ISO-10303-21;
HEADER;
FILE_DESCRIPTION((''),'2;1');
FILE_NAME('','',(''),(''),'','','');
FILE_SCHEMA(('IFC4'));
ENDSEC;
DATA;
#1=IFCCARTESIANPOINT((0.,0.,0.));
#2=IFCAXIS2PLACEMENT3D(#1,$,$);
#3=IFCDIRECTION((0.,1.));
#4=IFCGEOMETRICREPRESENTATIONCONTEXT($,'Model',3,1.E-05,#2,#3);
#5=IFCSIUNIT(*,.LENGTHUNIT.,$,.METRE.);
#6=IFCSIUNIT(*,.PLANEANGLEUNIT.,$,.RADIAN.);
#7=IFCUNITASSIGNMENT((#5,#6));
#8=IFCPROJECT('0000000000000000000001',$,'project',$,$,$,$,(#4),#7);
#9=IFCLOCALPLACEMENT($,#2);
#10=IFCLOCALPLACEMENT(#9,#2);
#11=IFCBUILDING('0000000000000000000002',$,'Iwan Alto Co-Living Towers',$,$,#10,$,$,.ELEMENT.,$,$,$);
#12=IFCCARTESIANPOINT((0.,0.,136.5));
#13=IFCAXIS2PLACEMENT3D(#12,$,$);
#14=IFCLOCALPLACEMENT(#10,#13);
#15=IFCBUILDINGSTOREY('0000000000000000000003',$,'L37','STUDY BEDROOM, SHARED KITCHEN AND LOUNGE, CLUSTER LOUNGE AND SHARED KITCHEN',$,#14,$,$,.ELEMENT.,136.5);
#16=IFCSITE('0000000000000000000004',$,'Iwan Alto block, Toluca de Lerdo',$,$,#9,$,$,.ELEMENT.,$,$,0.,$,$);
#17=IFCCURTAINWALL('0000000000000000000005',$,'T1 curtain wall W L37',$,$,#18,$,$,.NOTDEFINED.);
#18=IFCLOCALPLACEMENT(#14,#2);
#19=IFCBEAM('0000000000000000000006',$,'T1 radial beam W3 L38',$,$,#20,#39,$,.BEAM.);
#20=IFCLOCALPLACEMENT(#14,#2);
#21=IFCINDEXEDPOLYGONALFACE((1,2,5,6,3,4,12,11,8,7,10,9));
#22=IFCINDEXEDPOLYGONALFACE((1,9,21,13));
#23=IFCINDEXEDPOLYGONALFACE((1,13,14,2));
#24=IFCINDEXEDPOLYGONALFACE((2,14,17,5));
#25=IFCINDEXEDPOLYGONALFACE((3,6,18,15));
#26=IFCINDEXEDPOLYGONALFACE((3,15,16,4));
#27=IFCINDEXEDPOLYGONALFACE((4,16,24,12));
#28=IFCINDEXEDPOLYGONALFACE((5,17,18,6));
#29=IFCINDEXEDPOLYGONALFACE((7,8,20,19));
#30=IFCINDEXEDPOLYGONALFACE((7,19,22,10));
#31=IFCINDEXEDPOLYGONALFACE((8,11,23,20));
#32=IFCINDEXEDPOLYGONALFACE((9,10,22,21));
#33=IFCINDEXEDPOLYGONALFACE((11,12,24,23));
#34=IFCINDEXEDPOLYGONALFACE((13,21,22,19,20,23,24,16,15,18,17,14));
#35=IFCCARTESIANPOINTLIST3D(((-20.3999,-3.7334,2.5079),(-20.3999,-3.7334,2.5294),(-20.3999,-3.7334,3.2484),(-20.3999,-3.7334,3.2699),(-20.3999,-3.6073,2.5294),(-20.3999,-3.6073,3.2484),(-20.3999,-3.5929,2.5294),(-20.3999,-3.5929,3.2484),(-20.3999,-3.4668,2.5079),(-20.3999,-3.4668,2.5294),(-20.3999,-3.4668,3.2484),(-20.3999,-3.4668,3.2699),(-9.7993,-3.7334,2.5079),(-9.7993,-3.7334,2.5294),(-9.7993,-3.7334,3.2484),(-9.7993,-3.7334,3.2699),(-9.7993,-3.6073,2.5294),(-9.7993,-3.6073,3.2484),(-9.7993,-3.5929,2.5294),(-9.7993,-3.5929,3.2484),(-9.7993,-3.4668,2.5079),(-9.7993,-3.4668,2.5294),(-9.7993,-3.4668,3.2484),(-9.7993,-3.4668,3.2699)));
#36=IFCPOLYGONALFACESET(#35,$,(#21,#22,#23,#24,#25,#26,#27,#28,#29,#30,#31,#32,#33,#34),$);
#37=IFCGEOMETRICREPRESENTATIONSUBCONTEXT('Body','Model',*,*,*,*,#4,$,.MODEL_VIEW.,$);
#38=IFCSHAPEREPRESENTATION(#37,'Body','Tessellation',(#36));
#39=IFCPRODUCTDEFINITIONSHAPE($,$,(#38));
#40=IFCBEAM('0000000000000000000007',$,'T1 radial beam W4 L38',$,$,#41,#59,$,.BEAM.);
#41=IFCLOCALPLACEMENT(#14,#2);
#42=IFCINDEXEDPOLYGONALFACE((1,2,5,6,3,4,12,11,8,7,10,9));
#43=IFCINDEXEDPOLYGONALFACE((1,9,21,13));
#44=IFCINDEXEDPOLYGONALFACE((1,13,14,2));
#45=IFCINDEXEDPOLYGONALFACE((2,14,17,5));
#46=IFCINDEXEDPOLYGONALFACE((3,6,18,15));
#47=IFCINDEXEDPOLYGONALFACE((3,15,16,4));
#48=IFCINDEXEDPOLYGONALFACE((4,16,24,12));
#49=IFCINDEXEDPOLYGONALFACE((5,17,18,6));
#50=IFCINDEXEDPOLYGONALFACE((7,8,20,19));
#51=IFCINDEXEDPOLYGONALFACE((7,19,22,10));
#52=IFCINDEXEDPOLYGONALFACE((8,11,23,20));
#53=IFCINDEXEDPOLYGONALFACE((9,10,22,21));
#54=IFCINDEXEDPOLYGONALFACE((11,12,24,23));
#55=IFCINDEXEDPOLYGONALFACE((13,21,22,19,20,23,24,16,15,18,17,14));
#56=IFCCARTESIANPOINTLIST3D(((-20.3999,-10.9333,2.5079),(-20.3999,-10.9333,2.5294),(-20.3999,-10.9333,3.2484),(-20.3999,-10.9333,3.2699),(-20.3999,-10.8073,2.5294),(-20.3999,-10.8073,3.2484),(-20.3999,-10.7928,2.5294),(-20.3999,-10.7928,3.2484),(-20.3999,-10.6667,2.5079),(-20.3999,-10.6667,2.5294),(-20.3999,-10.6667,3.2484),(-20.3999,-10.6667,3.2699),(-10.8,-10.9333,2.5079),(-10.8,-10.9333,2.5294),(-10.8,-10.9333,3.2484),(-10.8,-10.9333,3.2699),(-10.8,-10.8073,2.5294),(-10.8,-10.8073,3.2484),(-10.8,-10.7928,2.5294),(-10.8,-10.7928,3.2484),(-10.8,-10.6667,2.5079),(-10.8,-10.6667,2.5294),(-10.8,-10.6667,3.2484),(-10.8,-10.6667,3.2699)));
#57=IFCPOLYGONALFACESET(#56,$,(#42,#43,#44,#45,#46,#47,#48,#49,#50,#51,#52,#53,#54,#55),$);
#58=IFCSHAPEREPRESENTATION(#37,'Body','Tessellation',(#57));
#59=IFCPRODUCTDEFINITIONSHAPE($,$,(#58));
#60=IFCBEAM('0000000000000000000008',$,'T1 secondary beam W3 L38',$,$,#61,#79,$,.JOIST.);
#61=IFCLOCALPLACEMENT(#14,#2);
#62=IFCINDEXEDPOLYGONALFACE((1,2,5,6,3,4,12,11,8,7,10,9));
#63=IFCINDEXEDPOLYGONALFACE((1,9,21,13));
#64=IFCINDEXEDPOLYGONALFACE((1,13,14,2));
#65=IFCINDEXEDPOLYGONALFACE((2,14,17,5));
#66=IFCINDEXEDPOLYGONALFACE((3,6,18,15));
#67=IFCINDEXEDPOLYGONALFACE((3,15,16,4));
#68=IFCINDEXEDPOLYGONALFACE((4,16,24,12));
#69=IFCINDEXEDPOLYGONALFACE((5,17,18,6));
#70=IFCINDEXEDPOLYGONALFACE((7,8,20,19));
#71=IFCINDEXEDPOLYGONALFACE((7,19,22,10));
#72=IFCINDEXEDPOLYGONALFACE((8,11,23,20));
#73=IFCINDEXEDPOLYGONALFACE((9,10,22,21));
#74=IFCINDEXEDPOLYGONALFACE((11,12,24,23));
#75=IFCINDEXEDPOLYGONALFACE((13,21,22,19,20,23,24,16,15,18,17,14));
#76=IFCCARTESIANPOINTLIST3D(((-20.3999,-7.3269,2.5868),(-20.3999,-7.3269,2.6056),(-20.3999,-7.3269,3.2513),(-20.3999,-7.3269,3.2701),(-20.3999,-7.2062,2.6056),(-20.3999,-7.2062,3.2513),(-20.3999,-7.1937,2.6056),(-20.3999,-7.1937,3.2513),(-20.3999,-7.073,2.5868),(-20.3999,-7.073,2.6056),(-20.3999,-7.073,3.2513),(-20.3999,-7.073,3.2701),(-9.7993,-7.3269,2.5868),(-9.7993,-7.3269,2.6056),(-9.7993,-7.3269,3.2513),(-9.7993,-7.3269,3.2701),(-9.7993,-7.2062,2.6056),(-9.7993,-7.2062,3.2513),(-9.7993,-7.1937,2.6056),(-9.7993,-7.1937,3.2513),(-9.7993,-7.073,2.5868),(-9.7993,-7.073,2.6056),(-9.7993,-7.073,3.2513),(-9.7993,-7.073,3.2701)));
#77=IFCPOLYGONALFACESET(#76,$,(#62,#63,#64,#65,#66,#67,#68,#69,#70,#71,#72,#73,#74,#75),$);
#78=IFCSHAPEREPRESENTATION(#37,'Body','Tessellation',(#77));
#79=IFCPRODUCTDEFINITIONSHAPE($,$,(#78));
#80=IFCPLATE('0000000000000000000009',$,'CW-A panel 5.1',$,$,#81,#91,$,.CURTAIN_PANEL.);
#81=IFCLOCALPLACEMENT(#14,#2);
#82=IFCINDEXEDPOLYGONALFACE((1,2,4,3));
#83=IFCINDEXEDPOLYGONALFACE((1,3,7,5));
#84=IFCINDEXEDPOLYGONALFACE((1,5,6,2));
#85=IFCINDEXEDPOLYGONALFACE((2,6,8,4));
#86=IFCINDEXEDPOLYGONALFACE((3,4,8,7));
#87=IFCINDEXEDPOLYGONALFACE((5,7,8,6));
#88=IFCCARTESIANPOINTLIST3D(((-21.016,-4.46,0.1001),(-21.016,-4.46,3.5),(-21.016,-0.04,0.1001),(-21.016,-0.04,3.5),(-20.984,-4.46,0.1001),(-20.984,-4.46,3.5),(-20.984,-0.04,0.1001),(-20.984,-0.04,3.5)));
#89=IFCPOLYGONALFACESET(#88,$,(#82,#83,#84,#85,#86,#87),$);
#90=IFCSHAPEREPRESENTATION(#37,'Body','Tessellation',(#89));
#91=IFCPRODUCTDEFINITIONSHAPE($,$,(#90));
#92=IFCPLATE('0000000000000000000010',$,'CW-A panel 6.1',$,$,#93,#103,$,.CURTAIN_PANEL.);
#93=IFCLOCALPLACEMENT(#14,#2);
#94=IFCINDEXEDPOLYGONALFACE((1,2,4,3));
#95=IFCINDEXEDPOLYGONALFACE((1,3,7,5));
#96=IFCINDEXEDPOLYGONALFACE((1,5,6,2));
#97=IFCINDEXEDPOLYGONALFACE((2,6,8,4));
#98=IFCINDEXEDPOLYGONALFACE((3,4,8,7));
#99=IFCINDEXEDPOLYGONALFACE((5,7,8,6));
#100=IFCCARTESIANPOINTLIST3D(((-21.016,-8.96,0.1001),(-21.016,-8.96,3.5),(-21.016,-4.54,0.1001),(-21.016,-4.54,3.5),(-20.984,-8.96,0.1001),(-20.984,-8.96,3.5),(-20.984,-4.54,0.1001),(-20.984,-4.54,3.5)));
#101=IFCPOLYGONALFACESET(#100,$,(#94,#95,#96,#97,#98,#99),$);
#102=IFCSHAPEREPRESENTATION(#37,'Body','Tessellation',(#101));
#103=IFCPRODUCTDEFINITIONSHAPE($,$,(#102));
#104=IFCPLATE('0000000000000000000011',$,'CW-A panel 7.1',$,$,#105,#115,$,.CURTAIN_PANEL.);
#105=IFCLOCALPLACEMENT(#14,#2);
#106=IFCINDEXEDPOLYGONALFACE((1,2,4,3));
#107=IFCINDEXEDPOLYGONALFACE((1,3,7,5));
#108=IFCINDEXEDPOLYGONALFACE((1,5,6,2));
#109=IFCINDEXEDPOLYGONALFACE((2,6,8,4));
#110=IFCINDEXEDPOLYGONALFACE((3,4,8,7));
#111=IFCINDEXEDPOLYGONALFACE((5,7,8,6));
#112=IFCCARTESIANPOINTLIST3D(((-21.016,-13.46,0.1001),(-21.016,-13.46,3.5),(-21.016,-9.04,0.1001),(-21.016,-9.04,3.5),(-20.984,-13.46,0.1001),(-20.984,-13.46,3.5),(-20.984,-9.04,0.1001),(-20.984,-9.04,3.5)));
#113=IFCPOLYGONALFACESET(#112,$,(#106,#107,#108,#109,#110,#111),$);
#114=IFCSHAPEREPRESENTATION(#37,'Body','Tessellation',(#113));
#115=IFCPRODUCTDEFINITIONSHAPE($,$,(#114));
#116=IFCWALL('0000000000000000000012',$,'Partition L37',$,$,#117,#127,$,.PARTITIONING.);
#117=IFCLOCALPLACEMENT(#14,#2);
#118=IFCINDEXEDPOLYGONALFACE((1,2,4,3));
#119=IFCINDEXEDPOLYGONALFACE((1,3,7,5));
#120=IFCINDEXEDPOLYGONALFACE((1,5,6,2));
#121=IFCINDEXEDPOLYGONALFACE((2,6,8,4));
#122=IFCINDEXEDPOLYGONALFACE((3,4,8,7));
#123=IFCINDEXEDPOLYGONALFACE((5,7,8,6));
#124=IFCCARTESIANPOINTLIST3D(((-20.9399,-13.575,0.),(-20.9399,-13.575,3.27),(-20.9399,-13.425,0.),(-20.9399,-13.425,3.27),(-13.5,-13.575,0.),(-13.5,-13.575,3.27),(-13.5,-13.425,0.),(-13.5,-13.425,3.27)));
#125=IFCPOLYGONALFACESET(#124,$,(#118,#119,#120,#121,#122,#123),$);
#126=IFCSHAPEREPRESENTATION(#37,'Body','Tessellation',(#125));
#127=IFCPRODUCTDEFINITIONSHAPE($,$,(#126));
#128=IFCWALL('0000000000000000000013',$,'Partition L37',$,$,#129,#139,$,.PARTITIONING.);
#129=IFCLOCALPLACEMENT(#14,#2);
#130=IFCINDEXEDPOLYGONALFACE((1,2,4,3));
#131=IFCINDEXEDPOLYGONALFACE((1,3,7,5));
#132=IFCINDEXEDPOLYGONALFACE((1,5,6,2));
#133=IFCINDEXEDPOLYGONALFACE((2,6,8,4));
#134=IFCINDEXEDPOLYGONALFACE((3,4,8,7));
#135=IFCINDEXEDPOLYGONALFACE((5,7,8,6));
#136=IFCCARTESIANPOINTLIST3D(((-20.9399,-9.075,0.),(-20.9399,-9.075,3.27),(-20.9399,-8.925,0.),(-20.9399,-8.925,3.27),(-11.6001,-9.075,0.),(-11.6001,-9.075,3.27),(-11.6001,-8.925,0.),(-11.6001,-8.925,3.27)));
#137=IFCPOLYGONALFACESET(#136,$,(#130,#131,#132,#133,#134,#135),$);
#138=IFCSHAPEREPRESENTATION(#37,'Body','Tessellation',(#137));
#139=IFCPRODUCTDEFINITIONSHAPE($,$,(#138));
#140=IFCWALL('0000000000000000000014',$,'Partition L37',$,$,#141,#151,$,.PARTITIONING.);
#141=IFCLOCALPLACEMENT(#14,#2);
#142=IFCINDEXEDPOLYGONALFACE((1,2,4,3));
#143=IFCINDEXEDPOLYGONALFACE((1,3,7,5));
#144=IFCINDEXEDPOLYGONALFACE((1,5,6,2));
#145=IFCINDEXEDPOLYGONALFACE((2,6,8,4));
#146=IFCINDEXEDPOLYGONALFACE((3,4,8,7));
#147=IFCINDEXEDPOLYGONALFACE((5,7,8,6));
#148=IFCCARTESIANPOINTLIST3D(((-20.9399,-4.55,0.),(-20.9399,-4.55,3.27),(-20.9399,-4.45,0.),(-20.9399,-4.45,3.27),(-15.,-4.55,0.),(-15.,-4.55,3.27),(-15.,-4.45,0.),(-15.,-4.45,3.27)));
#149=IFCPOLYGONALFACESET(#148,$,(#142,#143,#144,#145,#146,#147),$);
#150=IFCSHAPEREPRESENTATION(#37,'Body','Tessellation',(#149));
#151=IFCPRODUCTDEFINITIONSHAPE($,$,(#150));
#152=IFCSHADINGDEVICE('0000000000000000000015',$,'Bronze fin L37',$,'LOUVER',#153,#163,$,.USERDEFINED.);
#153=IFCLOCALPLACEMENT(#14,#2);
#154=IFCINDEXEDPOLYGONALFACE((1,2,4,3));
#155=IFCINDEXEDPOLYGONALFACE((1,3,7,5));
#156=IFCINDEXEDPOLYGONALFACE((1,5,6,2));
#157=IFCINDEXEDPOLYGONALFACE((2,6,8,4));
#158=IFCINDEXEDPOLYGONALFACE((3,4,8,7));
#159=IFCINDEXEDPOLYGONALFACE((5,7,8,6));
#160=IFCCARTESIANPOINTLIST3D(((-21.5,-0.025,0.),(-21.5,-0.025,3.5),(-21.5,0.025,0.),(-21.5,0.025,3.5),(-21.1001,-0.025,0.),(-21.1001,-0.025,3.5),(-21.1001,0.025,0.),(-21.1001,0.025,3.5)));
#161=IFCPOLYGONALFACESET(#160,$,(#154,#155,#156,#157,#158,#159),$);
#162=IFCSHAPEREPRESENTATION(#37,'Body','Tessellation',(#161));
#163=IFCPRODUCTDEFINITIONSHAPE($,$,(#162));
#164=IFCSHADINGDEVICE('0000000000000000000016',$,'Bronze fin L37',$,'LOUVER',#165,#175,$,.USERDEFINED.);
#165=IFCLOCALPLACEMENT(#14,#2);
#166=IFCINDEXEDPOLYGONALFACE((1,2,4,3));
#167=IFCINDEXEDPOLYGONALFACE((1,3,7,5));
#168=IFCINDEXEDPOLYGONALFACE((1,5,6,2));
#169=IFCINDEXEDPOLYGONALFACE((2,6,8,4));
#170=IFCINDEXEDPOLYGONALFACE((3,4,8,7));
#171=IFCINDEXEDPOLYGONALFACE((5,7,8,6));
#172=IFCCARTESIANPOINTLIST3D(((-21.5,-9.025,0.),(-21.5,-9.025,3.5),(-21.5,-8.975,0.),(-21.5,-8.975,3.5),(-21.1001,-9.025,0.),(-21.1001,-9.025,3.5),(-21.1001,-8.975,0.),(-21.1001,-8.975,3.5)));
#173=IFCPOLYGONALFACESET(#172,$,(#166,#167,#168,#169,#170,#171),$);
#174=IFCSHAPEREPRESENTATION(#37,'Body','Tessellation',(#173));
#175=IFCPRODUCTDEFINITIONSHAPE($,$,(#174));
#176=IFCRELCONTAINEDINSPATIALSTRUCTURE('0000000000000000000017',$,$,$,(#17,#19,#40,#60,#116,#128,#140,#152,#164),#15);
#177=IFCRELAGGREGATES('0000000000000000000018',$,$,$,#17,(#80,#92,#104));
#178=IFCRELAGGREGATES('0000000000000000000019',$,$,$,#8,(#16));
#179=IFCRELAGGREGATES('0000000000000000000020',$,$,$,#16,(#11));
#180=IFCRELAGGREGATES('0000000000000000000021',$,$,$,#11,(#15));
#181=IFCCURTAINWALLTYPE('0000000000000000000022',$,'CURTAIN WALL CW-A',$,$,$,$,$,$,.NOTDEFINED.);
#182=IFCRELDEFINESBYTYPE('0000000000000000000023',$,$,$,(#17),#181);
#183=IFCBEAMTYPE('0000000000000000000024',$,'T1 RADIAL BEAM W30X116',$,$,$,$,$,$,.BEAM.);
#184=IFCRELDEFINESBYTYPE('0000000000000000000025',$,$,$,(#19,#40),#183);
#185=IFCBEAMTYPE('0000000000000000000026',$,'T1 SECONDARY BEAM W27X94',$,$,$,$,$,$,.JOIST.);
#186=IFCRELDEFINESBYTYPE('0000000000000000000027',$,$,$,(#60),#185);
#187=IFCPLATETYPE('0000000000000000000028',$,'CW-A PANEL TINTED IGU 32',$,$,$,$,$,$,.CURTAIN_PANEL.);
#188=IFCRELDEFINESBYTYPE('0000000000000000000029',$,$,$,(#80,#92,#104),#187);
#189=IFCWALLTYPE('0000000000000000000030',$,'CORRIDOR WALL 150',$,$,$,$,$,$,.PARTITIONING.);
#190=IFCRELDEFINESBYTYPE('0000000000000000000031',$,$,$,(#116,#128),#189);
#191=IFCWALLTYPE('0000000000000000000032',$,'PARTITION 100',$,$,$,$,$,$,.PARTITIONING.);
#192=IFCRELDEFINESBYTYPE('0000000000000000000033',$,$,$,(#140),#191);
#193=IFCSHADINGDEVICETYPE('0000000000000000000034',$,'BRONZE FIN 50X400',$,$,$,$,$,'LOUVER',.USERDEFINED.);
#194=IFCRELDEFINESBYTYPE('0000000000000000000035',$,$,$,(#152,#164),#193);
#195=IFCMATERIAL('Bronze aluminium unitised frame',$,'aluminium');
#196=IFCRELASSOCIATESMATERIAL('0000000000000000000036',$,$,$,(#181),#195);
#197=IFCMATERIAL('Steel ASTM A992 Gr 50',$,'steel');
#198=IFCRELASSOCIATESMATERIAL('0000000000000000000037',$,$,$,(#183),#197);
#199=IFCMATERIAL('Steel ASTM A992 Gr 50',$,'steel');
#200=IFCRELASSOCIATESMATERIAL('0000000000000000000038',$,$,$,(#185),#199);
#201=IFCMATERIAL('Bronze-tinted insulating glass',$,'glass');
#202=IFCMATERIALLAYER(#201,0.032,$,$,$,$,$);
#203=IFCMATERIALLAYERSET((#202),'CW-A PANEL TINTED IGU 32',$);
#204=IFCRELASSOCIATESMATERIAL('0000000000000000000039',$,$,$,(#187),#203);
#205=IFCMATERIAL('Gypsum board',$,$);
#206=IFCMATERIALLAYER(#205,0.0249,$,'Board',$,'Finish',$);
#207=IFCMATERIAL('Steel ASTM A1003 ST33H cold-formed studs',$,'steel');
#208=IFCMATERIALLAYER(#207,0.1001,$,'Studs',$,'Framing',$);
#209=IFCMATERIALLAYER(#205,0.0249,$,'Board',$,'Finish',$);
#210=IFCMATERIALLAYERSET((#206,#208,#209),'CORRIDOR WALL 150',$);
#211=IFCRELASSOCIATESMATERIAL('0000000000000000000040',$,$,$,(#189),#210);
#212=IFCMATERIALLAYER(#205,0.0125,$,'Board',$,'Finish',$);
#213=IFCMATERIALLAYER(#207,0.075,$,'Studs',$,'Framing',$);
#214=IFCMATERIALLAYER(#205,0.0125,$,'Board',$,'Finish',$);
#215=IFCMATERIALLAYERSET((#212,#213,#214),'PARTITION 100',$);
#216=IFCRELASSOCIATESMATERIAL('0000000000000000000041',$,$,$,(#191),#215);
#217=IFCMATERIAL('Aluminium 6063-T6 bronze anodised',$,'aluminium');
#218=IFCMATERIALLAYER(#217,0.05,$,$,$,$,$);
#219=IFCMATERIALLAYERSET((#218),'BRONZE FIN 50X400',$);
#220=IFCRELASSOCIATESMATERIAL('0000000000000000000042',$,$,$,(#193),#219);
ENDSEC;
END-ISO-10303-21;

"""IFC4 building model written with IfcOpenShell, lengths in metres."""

from ifc_helpers import new_model, si_unit, direction, frame, frame_2d, origin, origin_2d, place, context, subcontext, project, spatial, rectangle, i_section, extrude, material, layer, layer_set, material_profile, profile_set, type_object, element, aggregate, save


model = new_model("IFC4")

# Units and contexts
model_context = context("Model", 3, precision=1e-05, world=origin(), true_north=direction((0.0, 1.0)))
body_context = subcontext(model_context, "Body", "Model", "MODEL_VIEW")
ifc_project = project(units=[si_unit("LENGTHUNIT", "METRE"), si_unit("PLANEANGLEUNIT", "RADIAN")], contexts=[model_context])

# Site, building, storey
site_placement = place(None, origin())
site = spatial("IfcSite", under=ifc_project, at=site_placement, Name="Iwan Alto block, Toluca de Lerdo", CompositionType="ELEMENT", RefElevation=0.0)
building_placement = place(site_placement, origin())
building = spatial("IfcBuilding", under=site, at=building_placement, Name="Iwan Alto Co-Living Towers", CompositionType="ELEMENT")
storey_placement = place(building_placement, frame((0.0, 0.0, 136.5)))
storey = spatial("IfcBuildingStorey", under=building, at=storey_placement, Name="L37", Description="STUDY BEDROOM, SHARED KITCHEN AND LOUNGE, CLUSTER LOUNGE AND SHARED KITCHEN", CompositionType="ELEMENT", Elevation=136.5)

# Curtain wall
ifc_material_1 = material(Name="Bronze aluminium unitised frame", Category="aluminium")
curtain_wall_type = type_object("IfcCurtainWallType", Name="CURTAIN WALL CW-A", PredefinedType="NOTDEFINED", material=ifc_material_1)
curtain_wall_placement = place(storey_placement, origin())
curtain_wall = element("IfcCurtainWall", 1, at=curtain_wall_placement, inside=storey, type_object=curtain_wall_type, Name="T1 curtain wall W L37", PredefinedType="NOTDEFINED")

# Beams
ifc_material_2 = material(Name="Steel ASTM A992 Gr 50", Category="steel")
ifc_material_profile_1 = material_profile(ifc_material_2, i_section(OverallWidth=0.2666, OverallDepth=0.762, WebThickness=0.0144, FlangeThickness=0.0215, at=origin_2d()), Name="W30X116")
ifc_profile_set_1 = profile_set([ifc_material_profile_1], Name="Steel ASTM A992 Gr 50")
beam_type_1 = type_object("IfcBeamType", Name="T1 RADIAL BEAM W30X116", PredefinedType="BEAM", material=ifc_profile_set_1)
beam_1_placement = place(storey_placement, frame((-20.3999, -3.6001, 2.8889), z_axis=(1.0, 0.0, 0.0), x_axis=(0.0, 1.0, 0.0)))
element("IfcBeam", 2, at=beam_1_placement, inside=storey, type_object=beam_type_1, Name="T1 radial beam W3 L38", PredefinedType="BEAM", context=body_context, shape_type="SweptSolid", body=[
    extrude(i_section(OverallWidth=0.2666, OverallDepth=0.762, WebThickness=0.0144, FlangeThickness=0.0215, at=origin_2d()), origin(), (0.0, 0.0, 1.0), 10.6006),
])
beam_2_placement = place(storey_placement, frame((-20.3999, -10.8, 2.8889), z_axis=(1.0, 0.0, 0.0), x_axis=(0.0, 1.0, 0.0)))
element("IfcBeam", 3, at=beam_2_placement, inside=storey, type_object=beam_type_1, Name="T1 radial beam W4 L38", PredefinedType="BEAM", context=body_context, shape_type="SweptSolid", body=[
    extrude(i_section(OverallWidth=0.2666, OverallDepth=0.762, WebThickness=0.0144, FlangeThickness=0.0215, at=origin_2d()), origin(), (0.0, 0.0, 1.0), 9.5999),
])
ifc_material_3 = material(Name="Steel ASTM A992 Gr 50", Category="steel")
ifc_material_profile_2 = material_profile(ifc_material_3, i_section(OverallWidth=0.2539, OverallDepth=0.6833, WebThickness=0.0125, FlangeThickness=0.0188, at=origin_2d()), Name="W27X94")
ifc_profile_set_2 = profile_set([ifc_material_profile_2], Name="Steel ASTM A992 Gr 50")
beam_type_2 = type_object("IfcBeamType", Name="T1 SECONDARY BEAM W27X94", PredefinedType="JOIST", material=ifc_profile_set_2)
beam_3_placement = place(storey_placement, frame((-20.3999, -7.2, 2.9285), z_axis=(1.0, 0.0, 0.0), x_axis=(0.0, 1.0, 0.0)))
element("IfcBeam", 4, at=beam_3_placement, inside=storey, type_object=beam_type_2, Name="T1 secondary beam W3 L38", PredefinedType="JOIST", context=body_context, shape_type="SweptSolid", body=[
    extrude(i_section(OverallWidth=0.2539, OverallDepth=0.6833, WebThickness=0.0125, FlangeThickness=0.0188, at=origin_2d()), origin(), (0.0, 0.0, 1.0), 10.6006),
])

# Plates
ifc_material_4 = material(Name="Bronze-tinted insulating glass", Category="glass")
ifc_layer_1 = layer(ifc_material_4, 0.032)
ifc_layer_set_1 = layer_set([ifc_layer_1], Name="CW-A PANEL TINTED IGU 32")
plate_type = type_object("IfcPlateType", Name="CW-A PANEL TINTED IGU 32", PredefinedType="CURTAIN_PANEL", material=ifc_layer_set_1)
plate_1_placement = place(storey_placement, frame((-21.0, -2.25, 0.1001), z_axis=(0.0, 0.0, 1.0), x_axis=(0.0, -1.0, 0.0)))
plate_1 = element("IfcPlate", 5, at=plate_1_placement, type_object=plate_type, Name="CW-A panel 5.1", PredefinedType="CURTAIN_PANEL", context=body_context, shape_type="SweptSolid", body=[
    extrude(rectangle(XDim=4.4199, YDim=0.032, at=origin_2d()), origin(), (0.0, 0.0, 1.0), 3.3999),
])
plate_2_placement = place(storey_placement, frame((-21.0, -6.75, 0.1001), z_axis=(0.0, 0.0, 1.0), x_axis=(0.0, -1.0, 0.0)))
plate_2 = element("IfcPlate", 6, at=plate_2_placement, type_object=plate_type, Name="CW-A panel 6.1", PredefinedType="CURTAIN_PANEL", context=body_context, shape_type="SweptSolid", body=[
    extrude(rectangle(XDim=4.4199, YDim=0.032, at=origin_2d()), origin(), (0.0, 0.0, 1.0), 3.3999),
])
plate_3_placement = place(storey_placement, frame((-21.0, -11.25, 0.1001), z_axis=(0.0, 0.0, 1.0), x_axis=(0.0, -1.0, 0.0)))
plate_3 = element("IfcPlate", 7, at=plate_3_placement, type_object=plate_type, Name="CW-A panel 7.1", PredefinedType="CURTAIN_PANEL", context=body_context, shape_type="SweptSolid", body=[
    extrude(rectangle(XDim=4.4199, YDim=0.032, at=origin_2d()), origin(), (0.0, 0.0, 1.0), 3.3999),
])
aggregate(curtain_wall, [plate_1, plate_2, plate_3])

# Walls
ifc_material_5 = material(Name="Gypsum board")
ifc_layer_2 = layer(ifc_material_5, 0.0249, Name="Board", Category="Finish")
ifc_material_6 = material(Name="Steel ASTM A1003 ST33H cold-formed studs", Category="steel")
ifc_layer_3 = layer(ifc_material_6, 0.1001, Name="Studs", Category="Framing")
ifc_layer_4 = layer(ifc_material_5, 0.0249, Name="Board", Category="Finish")
ifc_layer_set_2 = layer_set([ifc_layer_2, ifc_layer_3, ifc_layer_4], Name="CORRIDOR WALL 150")
wall_type_1 = type_object("IfcWallType", Name="CORRIDOR WALL 150", PredefinedType="PARTITIONING", material=ifc_layer_set_2)
wall_1_placement = place(storey_placement, frame((-20.9399, -13.5, 0.0), z_axis=(0.0, 0.0, 1.0), x_axis=(1.0, 0.0, 0.0)))
element("IfcWall", 8, at=wall_1_placement, inside=storey, type_object=wall_type_1, Name="Partition L37", PredefinedType="PARTITIONING", context=body_context, shape_type="SweptSolid", body=[
    extrude(rectangle(XDim=7.4399, YDim=0.1499, at=frame_2d((3.72, 0.0))), origin(), (0.0, 0.0, 1.0), 3.27),
])
wall_2_placement = place(storey_placement, frame((-20.9399, -9.0, 0.0), z_axis=(0.0, 0.0, 1.0), x_axis=(1.0, 0.0, 0.0)))
element("IfcWall", 9, at=wall_2_placement, inside=storey, type_object=wall_type_1, Name="Partition L37", PredefinedType="PARTITIONING", context=body_context, shape_type="SweptSolid", body=[
    extrude(rectangle(XDim=9.3398, YDim=0.1499, at=frame_2d((4.6699, 0.0))), origin(), (0.0, 0.0, 1.0), 3.27),
])
ifc_layer_5 = layer(ifc_material_5, 0.0125, Name="Board", Category="Finish")
ifc_layer_6 = layer(ifc_material_6, 0.075, Name="Studs", Category="Framing")
ifc_layer_7 = layer(ifc_material_5, 0.0125, Name="Board", Category="Finish")
ifc_layer_set_3 = layer_set([ifc_layer_5, ifc_layer_6, ifc_layer_7], Name="PARTITION 100")
wall_type_2 = type_object("IfcWallType", Name="PARTITION 100", PredefinedType="PARTITIONING", material=ifc_layer_set_3)
wall_3_placement = place(storey_placement, frame((-20.9399, -4.5, 0.0), z_axis=(0.0, 0.0, 1.0), x_axis=(1.0, 0.0, 0.0)))
element("IfcWall", 10, at=wall_3_placement, inside=storey, type_object=wall_type_2, Name="Partition L37", PredefinedType="PARTITIONING", context=body_context, shape_type="SweptSolid", body=[
    extrude(rectangle(XDim=5.9399, YDim=0.1001, at=frame_2d((2.97, 0.0))), origin(), (0.0, 0.0, 1.0), 3.27),
])

# Shading devices
ifc_material_7 = material(Name="Aluminium 6063-T6 bronze anodised", Category="aluminium")
ifc_layer_8 = layer(ifc_material_7, 0.05)
ifc_layer_set_4 = layer_set([ifc_layer_8], Name="BRONZE FIN 50X400")
shading_device_type = type_object("IfcShadingDeviceType", Name="BRONZE FIN 50X400", ElementType="LOUVER", PredefinedType="USERDEFINED", material=ifc_layer_set_4)
for number, where, z_axis, x_axis, name in (
    (11, (-21.3, 0.0, 0.0), (0.0, 0.0, 1.0), (0.0, -1.0, 0.0), "Bronze fin L37"),
    (12, (-21.3, -9.0, 0.0), (0.0, 0.0, 1.0), (0.0, -1.0, 0.0), "Bronze fin L37"),
):
    element("IfcShadingDevice", number, at=place(storey_placement, frame(where, z_axis=z_axis, x_axis=x_axis)), inside=storey, type_object=shading_device_type, Name=name, ObjectType="LOUVER", PredefinedType="USERDEFINED", context=body_context, shape_type="SweptSolid", body=[
        extrude(rectangle(XDim=0.05, YDim=0.3999, at=origin_2d()), origin(), (0.0, 0.0, 1.0), 3.5),
    ])

save(model, "model.ifc")
